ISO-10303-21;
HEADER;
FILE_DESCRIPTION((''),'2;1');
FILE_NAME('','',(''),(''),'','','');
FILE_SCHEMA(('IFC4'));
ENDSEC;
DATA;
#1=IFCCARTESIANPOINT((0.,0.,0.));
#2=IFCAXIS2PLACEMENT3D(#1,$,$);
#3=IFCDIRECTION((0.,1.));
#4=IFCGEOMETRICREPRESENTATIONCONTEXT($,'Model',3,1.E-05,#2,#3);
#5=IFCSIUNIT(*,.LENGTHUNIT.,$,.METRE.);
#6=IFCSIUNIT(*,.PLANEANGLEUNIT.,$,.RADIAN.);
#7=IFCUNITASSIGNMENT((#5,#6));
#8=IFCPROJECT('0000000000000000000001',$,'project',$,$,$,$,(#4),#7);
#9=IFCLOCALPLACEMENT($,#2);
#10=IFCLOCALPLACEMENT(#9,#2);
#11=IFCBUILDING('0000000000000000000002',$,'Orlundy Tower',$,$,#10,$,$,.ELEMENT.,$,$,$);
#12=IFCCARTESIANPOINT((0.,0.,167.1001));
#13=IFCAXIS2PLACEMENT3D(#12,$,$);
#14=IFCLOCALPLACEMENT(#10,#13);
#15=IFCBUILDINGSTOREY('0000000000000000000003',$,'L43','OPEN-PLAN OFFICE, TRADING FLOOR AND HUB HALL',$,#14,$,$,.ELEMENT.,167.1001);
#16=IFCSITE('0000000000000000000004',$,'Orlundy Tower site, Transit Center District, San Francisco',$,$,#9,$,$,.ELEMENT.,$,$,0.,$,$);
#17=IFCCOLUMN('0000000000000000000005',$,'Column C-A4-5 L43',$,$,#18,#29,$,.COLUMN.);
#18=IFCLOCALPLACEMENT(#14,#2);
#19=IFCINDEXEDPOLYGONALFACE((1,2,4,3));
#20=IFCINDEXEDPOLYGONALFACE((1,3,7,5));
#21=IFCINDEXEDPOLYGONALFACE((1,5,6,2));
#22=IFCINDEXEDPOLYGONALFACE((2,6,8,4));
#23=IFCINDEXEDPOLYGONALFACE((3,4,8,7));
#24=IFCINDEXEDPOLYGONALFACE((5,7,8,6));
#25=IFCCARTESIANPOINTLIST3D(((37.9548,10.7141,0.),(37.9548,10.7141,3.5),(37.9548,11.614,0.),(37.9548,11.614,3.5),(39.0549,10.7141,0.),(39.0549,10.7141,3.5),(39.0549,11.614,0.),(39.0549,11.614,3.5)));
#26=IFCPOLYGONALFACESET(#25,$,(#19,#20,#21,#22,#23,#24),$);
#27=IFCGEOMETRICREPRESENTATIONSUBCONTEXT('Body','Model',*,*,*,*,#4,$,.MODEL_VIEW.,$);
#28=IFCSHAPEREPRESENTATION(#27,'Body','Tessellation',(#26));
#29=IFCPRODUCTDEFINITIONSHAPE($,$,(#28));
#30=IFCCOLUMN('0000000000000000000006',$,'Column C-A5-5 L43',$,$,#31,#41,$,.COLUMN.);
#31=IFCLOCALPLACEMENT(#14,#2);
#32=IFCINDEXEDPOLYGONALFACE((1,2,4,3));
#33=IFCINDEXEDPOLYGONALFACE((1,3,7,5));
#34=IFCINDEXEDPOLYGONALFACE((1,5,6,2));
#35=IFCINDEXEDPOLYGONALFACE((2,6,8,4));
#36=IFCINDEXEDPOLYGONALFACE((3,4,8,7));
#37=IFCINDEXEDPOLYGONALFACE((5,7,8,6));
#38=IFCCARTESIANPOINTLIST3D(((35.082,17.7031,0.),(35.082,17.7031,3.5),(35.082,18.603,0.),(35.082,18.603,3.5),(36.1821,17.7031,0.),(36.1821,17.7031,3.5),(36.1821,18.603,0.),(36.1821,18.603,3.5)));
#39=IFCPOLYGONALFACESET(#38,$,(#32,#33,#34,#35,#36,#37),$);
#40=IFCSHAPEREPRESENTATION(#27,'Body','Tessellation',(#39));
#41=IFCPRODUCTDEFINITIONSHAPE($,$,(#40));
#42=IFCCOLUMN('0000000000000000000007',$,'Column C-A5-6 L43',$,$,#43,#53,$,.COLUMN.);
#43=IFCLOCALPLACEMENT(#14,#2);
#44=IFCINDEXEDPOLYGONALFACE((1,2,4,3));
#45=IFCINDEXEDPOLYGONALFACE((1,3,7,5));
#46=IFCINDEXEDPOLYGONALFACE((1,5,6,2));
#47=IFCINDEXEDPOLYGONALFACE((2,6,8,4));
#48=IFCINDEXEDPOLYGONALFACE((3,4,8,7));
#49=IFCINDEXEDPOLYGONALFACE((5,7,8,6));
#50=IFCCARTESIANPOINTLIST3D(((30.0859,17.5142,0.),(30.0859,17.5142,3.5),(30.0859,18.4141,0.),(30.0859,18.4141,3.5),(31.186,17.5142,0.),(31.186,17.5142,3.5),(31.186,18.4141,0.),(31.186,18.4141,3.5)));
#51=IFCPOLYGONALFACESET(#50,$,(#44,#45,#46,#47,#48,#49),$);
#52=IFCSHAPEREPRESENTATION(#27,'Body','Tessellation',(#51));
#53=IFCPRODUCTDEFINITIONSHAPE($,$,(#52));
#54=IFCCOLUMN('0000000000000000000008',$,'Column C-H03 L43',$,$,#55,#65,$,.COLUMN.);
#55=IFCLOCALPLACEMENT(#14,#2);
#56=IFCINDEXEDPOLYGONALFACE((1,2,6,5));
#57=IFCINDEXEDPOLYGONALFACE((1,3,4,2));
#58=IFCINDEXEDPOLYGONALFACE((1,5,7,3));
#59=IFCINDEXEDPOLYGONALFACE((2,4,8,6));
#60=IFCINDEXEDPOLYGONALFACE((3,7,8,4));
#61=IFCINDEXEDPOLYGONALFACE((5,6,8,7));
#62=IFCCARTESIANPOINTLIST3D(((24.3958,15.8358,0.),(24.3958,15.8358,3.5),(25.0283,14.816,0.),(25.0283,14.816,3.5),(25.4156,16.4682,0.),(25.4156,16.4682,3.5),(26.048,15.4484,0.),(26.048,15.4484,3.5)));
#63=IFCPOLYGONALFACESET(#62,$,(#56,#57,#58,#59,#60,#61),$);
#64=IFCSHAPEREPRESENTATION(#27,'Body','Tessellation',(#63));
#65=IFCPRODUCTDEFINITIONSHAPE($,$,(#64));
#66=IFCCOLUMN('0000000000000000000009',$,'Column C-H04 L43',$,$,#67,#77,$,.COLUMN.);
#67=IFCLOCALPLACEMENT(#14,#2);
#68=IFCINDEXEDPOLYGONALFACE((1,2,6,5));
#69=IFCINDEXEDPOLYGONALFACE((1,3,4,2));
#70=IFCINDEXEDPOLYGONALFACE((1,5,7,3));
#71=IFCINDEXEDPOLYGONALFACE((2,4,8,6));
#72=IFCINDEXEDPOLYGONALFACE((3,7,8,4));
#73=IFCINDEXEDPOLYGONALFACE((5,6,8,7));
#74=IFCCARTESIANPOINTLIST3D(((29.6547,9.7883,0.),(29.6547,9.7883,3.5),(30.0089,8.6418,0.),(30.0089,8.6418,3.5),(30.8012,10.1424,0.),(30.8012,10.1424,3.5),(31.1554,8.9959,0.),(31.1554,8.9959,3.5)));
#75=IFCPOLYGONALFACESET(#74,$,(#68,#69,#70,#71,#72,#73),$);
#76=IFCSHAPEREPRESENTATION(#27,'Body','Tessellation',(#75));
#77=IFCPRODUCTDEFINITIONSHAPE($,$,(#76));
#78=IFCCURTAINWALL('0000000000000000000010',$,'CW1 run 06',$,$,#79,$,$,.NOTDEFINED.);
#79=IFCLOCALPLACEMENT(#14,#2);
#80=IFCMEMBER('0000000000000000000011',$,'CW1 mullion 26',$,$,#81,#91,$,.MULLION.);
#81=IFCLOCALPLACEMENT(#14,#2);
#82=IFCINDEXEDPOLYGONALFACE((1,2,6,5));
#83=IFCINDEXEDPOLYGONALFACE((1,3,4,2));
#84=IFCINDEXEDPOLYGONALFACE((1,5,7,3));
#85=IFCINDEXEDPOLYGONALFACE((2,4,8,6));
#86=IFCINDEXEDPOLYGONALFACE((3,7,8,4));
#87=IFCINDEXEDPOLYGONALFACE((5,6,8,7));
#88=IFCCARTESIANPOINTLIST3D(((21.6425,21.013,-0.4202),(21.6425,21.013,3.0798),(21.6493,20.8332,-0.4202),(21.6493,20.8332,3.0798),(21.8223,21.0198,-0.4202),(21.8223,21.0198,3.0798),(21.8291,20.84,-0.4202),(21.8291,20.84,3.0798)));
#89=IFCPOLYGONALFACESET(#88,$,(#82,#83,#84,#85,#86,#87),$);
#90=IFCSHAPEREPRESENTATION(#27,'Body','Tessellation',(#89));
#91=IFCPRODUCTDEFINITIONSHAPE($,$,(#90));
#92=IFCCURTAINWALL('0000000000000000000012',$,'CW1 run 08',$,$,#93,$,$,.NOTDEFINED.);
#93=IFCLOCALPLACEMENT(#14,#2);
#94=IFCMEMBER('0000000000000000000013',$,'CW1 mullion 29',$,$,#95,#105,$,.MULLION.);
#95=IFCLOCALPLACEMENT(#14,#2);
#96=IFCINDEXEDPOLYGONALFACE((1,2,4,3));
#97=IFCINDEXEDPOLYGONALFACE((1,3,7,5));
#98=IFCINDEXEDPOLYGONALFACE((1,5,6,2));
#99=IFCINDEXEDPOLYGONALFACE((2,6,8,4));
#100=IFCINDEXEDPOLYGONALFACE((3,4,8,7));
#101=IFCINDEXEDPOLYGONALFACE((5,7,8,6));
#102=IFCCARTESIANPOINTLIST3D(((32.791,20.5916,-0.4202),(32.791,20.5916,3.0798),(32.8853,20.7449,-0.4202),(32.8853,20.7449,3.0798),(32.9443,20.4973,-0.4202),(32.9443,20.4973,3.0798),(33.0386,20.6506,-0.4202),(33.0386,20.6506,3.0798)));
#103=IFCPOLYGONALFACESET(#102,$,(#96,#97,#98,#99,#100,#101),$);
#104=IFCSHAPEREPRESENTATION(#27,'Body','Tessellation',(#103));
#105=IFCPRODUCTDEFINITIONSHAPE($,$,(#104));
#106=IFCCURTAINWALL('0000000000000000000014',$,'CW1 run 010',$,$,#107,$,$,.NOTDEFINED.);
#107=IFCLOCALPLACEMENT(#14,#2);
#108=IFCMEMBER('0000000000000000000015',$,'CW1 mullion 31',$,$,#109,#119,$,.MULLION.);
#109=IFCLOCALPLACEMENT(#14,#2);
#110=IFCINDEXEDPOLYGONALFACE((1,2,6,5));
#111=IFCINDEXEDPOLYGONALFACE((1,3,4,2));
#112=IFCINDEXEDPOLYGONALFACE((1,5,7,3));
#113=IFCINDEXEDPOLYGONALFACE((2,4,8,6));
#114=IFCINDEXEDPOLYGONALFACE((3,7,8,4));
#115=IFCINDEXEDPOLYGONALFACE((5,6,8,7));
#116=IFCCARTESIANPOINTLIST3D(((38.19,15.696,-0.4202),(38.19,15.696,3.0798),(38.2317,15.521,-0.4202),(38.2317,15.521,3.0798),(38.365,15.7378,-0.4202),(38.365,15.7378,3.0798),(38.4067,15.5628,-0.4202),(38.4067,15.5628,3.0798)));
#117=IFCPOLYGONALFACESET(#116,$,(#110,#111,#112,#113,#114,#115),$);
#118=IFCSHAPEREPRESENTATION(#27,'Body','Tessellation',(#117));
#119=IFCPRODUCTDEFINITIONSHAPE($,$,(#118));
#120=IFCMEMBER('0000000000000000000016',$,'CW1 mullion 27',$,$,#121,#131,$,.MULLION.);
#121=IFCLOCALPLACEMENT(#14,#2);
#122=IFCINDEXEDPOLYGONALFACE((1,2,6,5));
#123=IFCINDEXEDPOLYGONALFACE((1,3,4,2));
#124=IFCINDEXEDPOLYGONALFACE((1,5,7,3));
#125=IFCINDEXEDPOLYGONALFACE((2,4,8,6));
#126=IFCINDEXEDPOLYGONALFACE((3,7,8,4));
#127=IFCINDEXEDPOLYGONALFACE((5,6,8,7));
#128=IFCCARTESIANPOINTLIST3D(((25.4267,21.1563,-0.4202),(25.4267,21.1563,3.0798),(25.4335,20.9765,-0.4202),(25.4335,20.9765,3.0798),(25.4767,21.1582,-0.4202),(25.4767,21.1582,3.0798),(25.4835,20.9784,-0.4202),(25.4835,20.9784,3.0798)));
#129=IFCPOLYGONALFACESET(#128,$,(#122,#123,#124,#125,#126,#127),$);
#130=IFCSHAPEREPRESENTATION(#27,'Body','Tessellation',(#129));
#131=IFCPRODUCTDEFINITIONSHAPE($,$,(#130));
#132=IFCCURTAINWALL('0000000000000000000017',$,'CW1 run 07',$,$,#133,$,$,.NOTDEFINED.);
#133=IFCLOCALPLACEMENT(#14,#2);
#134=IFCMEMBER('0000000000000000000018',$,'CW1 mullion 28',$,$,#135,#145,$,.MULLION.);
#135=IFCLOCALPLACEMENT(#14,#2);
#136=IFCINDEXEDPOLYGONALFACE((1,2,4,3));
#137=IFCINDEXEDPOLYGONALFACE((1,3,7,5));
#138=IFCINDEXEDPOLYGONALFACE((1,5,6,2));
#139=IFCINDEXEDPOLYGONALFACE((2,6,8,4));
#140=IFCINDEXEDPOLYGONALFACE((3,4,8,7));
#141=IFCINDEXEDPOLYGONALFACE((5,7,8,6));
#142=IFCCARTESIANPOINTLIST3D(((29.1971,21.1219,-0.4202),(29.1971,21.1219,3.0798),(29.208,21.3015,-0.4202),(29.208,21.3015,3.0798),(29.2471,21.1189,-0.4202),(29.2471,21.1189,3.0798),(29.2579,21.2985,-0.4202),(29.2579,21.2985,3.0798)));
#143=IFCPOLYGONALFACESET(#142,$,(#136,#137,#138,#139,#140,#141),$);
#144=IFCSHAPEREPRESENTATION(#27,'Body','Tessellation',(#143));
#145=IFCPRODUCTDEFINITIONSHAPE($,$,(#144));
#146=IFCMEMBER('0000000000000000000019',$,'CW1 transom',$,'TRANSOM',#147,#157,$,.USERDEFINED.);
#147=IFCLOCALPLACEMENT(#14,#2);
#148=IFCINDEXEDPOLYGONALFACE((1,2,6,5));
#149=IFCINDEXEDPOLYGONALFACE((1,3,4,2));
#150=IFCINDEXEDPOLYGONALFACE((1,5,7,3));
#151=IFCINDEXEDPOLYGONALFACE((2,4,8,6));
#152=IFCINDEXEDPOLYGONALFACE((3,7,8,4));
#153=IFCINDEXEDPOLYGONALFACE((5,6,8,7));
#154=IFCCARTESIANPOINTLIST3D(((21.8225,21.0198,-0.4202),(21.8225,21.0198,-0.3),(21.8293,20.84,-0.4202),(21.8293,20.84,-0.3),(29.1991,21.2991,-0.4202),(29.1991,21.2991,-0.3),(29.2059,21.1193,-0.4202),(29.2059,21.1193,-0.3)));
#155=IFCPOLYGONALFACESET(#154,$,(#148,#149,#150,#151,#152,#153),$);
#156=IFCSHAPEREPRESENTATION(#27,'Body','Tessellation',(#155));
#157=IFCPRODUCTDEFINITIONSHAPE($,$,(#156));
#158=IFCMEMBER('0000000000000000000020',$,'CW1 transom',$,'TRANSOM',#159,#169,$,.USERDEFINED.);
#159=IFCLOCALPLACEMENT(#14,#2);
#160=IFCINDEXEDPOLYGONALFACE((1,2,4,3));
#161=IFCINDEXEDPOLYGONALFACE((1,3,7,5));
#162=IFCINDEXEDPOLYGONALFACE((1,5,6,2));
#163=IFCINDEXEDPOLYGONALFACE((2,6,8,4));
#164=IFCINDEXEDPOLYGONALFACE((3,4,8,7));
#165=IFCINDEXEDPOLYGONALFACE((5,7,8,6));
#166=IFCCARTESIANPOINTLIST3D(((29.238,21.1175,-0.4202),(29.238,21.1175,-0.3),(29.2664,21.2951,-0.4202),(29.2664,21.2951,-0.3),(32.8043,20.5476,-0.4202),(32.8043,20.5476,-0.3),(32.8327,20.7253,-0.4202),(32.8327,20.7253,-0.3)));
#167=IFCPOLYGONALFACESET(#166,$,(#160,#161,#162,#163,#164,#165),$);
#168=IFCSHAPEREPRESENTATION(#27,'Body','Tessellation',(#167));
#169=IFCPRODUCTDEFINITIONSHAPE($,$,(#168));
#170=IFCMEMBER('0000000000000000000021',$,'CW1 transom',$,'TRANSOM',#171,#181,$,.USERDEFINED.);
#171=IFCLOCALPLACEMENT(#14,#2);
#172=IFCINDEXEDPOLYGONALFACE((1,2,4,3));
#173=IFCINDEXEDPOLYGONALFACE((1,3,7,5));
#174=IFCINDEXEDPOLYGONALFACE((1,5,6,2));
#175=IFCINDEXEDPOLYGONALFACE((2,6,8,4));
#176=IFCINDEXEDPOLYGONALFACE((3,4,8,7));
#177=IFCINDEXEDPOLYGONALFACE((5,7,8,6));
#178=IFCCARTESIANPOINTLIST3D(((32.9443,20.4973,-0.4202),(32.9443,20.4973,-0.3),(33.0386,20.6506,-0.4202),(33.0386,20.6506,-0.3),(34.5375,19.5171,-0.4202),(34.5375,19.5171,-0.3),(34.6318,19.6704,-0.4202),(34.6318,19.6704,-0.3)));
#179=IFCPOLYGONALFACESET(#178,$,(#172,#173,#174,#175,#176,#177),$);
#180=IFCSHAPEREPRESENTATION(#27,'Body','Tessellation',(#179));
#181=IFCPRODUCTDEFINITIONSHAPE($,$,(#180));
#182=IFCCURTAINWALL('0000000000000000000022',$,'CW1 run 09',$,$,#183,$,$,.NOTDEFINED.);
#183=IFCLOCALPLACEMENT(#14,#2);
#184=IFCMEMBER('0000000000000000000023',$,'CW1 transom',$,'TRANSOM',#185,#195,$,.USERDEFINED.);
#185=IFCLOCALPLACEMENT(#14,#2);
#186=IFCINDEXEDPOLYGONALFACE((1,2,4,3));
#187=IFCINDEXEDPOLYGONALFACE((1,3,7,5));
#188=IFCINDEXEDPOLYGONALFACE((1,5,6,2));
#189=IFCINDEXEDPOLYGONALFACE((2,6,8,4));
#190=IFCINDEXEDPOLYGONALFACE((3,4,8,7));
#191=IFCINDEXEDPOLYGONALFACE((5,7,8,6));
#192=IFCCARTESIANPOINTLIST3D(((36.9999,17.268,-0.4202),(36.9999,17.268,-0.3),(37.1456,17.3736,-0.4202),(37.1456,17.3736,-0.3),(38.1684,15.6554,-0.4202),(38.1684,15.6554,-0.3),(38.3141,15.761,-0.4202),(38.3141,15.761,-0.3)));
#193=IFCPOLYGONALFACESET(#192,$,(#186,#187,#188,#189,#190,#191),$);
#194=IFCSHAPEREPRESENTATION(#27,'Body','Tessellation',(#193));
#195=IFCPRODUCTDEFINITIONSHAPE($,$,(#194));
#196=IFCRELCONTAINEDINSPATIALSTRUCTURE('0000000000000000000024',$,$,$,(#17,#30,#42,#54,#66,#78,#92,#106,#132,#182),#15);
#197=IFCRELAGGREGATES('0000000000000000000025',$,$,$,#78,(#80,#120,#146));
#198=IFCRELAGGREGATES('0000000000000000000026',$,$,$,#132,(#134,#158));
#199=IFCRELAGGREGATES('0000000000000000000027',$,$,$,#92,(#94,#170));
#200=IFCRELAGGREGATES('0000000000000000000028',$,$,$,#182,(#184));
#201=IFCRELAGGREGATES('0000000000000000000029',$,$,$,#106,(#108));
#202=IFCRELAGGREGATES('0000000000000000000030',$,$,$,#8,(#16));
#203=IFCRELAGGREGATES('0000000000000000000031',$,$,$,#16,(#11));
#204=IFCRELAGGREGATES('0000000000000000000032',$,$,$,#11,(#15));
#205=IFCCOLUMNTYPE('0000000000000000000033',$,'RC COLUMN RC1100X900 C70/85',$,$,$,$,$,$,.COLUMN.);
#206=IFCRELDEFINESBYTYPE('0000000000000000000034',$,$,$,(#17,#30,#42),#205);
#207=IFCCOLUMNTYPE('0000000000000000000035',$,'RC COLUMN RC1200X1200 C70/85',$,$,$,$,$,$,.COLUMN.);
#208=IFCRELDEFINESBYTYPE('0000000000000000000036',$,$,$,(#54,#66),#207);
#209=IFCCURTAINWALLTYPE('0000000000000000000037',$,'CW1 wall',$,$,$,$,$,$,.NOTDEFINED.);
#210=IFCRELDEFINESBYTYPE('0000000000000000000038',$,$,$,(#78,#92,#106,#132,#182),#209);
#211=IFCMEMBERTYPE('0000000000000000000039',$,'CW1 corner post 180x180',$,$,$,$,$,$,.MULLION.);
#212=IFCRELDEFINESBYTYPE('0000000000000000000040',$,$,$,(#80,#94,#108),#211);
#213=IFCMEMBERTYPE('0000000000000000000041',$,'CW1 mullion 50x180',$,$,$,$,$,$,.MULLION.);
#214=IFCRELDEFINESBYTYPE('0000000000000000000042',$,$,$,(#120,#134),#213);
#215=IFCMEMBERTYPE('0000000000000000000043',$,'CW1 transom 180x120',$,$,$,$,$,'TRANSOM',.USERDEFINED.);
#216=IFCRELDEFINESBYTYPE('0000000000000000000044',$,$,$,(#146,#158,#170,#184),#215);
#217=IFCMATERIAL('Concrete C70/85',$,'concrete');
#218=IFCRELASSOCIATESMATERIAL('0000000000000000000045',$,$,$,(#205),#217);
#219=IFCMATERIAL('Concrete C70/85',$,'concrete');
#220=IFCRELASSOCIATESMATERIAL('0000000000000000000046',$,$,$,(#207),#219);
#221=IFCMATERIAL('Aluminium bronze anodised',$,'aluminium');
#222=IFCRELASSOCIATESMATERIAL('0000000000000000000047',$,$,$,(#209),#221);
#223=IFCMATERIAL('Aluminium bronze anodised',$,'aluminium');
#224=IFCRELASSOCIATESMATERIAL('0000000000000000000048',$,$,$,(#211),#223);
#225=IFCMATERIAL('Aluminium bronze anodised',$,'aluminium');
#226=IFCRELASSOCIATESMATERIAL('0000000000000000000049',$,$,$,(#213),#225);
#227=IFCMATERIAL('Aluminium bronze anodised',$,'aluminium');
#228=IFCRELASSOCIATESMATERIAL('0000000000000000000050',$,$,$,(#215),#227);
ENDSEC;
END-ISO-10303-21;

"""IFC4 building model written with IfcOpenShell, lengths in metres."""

from ifc_helpers import new_model, si_unit, direction, frame, origin, origin_2d, place, context, subcontext, project, spatial, rectangle, extrude, material, material_profile, profile_set, type_object, element, aggregate, save


model = new_model("IFC4")

# Units and contexts
model_context = context("Model", 3, precision=1e-05, world=origin(), true_north=direction((0.0, 1.0)))
body_context = subcontext(model_context, "Body", "Model", "MODEL_VIEW")
ifc_project = project(units=[si_unit("LENGTHUNIT", "METRE"), si_unit("PLANEANGLEUNIT", "RADIAN")], contexts=[model_context])

# Site, building, storey
site_placement = place(None, origin())
site = spatial("IfcSite", under=ifc_project, at=site_placement, Name="Orlundy Tower site, Transit Center District, San Francisco", CompositionType="ELEMENT", RefElevation=0.0)
building_placement = place(site_placement, origin())
building = spatial("IfcBuilding", under=site, at=building_placement, Name="Orlundy Tower", CompositionType="ELEMENT")
storey_placement = place(building_placement, frame((0.0, 0.0, 167.1001)))
storey = spatial("IfcBuildingStorey", under=building, at=storey_placement, Name="L43", Description="OPEN-PLAN OFFICE, TRADING FLOOR AND HUB HALL", CompositionType="ELEMENT", Elevation=167.1001)

# Columns
ifc_material_1 = material(Name="Concrete C70/85", Category="concrete")
ifc_material_profile_1 = material_profile(ifc_material_1, rectangle(XDim=1.1001, YDim=0.8999, at=origin_2d()), Name="RC1100X900")
ifc_profile_set_1 = profile_set([ifc_material_profile_1], Name="Concrete C70/85")
column_type_1 = type_object("IfcColumnType", Name="RC COLUMN RC1100X900 C70/85", PredefinedType="COLUMN", material=ifc_profile_set_1)
for number, where, z_axis, x_axis, name in (
    (1, (38.5049, 11.1641, 0.0), (0.0, 0.0, 1.0), (1.0, 0.0, 0.0), "Column C-A4-5 L43"),
    (2, (35.6321, 18.1531, 0.0), (0.0, 0.0, 1.0), (1.0, 0.0, 0.0), "Column C-A5-5 L43"),
    (3, (30.636, 17.9641, 0.0), (0.0, 0.0, 1.0), (1.0, 0.0, 0.0), "Column C-A5-6 L43"),
):
    element("IfcColumn", number, at=place(storey_placement, frame(where, z_axis=z_axis, x_axis=x_axis)), inside=storey, type_object=column_type_1, Name=name, PredefinedType="COLUMN", context=body_context, shape_type="SweptSolid", body=[
        extrude(rectangle(XDim=1.1001, YDim=0.8999, at=origin_2d()), origin(), (0.0, 0.0, 1.0), 3.5),
    ])
ifc_material_2 = material(Name="Concrete C70/85", Category="concrete")
ifc_material_profile_2 = material_profile(ifc_material_2, rectangle(XDim=1.2, YDim=1.2, at=origin_2d()), Name="RC1200X1200")
ifc_profile_set_2 = profile_set([ifc_material_profile_2], Name="Concrete C70/85")
column_type_2 = type_object("IfcColumnType", Name="RC COLUMN RC1200X1200 C70/85", PredefinedType="COLUMN", material=ifc_profile_set_2)
for number, where, z_axis, x_axis, name in (
    (4, (25.2219, 15.6421, 0.0), (0.0, 0.0, 1.0), (0.849838, 0.527045, 0.0), "Column C-H03 L43"),
    (5, (30.405, 9.3921, 0.0), (0.0, 0.0, 1.0), (0.955454, 0.295141, 0.0), "Column C-H04 L43"),
):
    element("IfcColumn", number, at=place(storey_placement, frame(where, z_axis=z_axis, x_axis=x_axis)), inside=storey, type_object=column_type_2, Name=name, PredefinedType="COLUMN", context=body_context, shape_type="SweptSolid", body=[
        extrude(rectangle(XDim=1.2, YDim=1.2, at=origin_2d()), origin(), (0.0, 0.0, 1.0), 3.5),
    ])

# Curtain walls, members
ifc_material_3 = material(Name="Aluminium bronze anodised", Category="aluminium")
curtain_wall_type = type_object("IfcCurtainWallType", Name="CW1 wall", PredefinedType="NOTDEFINED", material=ifc_material_3)
curtain_wall_1_placement = place(storey_placement, origin())
curtain_wall_1 = element("IfcCurtainWall", 6, at=curtain_wall_1_placement, inside=storey, type_object=curtain_wall_type, Name="CW1 run 06", PredefinedType="NOTDEFINED")
ifc_material_4 = material(Name="Aluminium bronze anodised", Category="aluminium")
ifc_material_profile_3 = material_profile(ifc_material_4, rectangle(XDim=0.1799, YDim=0.1799, at=origin_2d()), Name="CW1 corner post 180x180")
ifc_profile_set_3 = profile_set([ifc_material_profile_3], Name="Aluminium bronze anodised")
member_type_1 = type_object("IfcMemberType", Name="CW1 corner post 180x180", PredefinedType="MULLION", material=ifc_profile_set_3)
member_1_placement = place(storey_placement, frame((21.7358, 20.9265, -0.4202), z_axis=(0.0, 0.0, 1.0), x_axis=(-0.037837, 0.999284, 0.0)))
member_1 = element("IfcMember", 7, at=member_1_placement, type_object=member_type_1, Name="CW1 mullion 26", PredefinedType="MULLION", context=body_context, shape_type="SweptSolid", body=[
    extrude(rectangle(XDim=0.1799, YDim=0.1799, at=origin_2d()), origin(), (0.0, 0.0, 1.0), 3.5),
])
curtain_wall_2_placement = place(storey_placement, origin())
curtain_wall_2 = element("IfcCurtainWall", 8, at=curtain_wall_2_placement, inside=storey, type_object=curtain_wall_type, Name="CW1 run 08", PredefinedType="NOTDEFINED")
member_2_placement = place(storey_placement, frame((32.9148, 20.6211, -0.4202), z_axis=(0.0, 0.0, 1.0), x_axis=(0.523947, 0.851751, 0.0)))
member_2 = element("IfcMember", 9, at=member_2_placement, type_object=member_type_1, Name="CW1 mullion 29", PredefinedType="MULLION", context=body_context, shape_type="SweptSolid", body=[
    extrude(rectangle(XDim=0.1799, YDim=0.1799, at=origin_2d()), origin(), (0.0, 0.0, 1.0), 3.5),
])
curtain_wall_3_placement = place(storey_placement, origin())
curtain_wall_3 = element("IfcCurtainWall", 10, at=curtain_wall_3_placement, inside=storey, type_object=curtain_wall_type, Name="CW1 run 010", PredefinedType="NOTDEFINED")
member_3_placement = place(storey_placement, frame((38.2983, 15.6294, -0.4202), z_axis=(0.0, 0.0, 1.0), x_axis=(0.972705, 0.232046, 0.0)))
member_3 = element("IfcMember", 11, at=member_3_placement, type_object=member_type_1, Name="CW1 mullion 31", PredefinedType="MULLION", context=body_context, shape_type="SweptSolid", body=[
    extrude(rectangle(XDim=0.1799, YDim=0.1799, at=origin_2d()), origin(), (0.0, 0.0, 1.0), 3.5),
])

# Member
ifc_material_5 = material(Name="Aluminium bronze anodised", Category="aluminium")
ifc_material_profile_4 = material_profile(ifc_material_5, rectangle(XDim=0.1799, YDim=0.05, at=origin_2d()), Name="CW1 mullion 50x180")
ifc_profile_set_4 = profile_set([ifc_material_profile_4], Name="Aluminium bronze anodised")
member_type_2 = type_object("IfcMemberType", Name="CW1 mullion 50x180", PredefinedType="MULLION", material=ifc_profile_set_4)
member_4_placement = place(storey_placement, frame((25.4551, 21.0674, -0.4202), z_axis=(0.0, 0.0, 1.0), x_axis=(-0.037837, 0.999284, 0.0)))
member_4 = element("IfcMember", 12, at=member_4_placement, type_object=member_type_2, Name="CW1 mullion 27", PredefinedType="MULLION", context=body_context, shape_type="SweptSolid", body=[
    extrude(rectangle(XDim=0.1799, YDim=0.05, at=origin_2d()), origin(), (0.0, 0.0, 1.0), 3.5),
])

# Curtain wall, member
curtain_wall_4_placement = place(storey_placement, origin())
curtain_wall_4 = element("IfcCurtainWall", 13, at=curtain_wall_4_placement, inside=storey, type_object=curtain_wall_type, Name="CW1 run 07", PredefinedType="NOTDEFINED")
member_5_placement = place(storey_placement, frame((29.2275, 21.2102, -0.4202), z_axis=(0.0, 0.0, 1.0), x_axis=(0.060267, 0.998182, 0.0)))
member_5 = element("IfcMember", 14, at=member_5_placement, type_object=member_type_2, Name="CW1 mullion 28", PredefinedType="MULLION", context=body_context, shape_type="SweptSolid", body=[
    extrude(rectangle(XDim=0.1799, YDim=0.05, at=origin_2d()), origin(), (0.0, 0.0, 1.0), 3.5),
])

# Members
ifc_material_6 = material(Name="Aluminium bronze anodised", Category="aluminium")
ifc_material_profile_5 = material_profile(ifc_material_6, rectangle(XDim=0.1799, YDim=0.1201, at=origin_2d()), Name="CW1 transom 180x120")
ifc_profile_set_5 = profile_set([ifc_material_profile_5], Name="Aluminium bronze anodised")
member_type_3 = type_object("IfcMemberType", Name="CW1 transom 180x120", ElementType="TRANSOM", PredefinedType="USERDEFINED", material=ifc_profile_set_5)
member_6_placement = place(storey_placement, frame((21.8259, 20.9299, -0.3601), z_axis=(0.999284, 0.037836, 0.0), x_axis=(-0.037836, 0.999284, 0.0)))
member_6 = element("IfcMember", 15, at=member_6_placement, type_object=member_type_3, Name="CW1 transom", ObjectType="TRANSOM", PredefinedType="USERDEFINED", context=body_context, shape_type="SweptSolid", body=[
    extrude(rectangle(XDim=0.1799, YDim=0.1201, at=origin_2d()), origin(), (0.0, 0.0, 1.0), 7.3818),
])
member_7_placement = place(storey_placement, frame((29.2522, 21.2063, -0.3601), z_axis=(0.987475, -0.157774, 0.0), x_axis=(0.157774, 0.987475, 0.0)))
member_7 = element("IfcMember", 16, at=member_7_placement, type_object=member_type_3, Name="CW1 transom", ObjectType="TRANSOM", PredefinedType="USERDEFINED", context=body_context, shape_type="SweptSolid", body=[
    extrude(rectangle(XDim=0.1799, YDim=0.1201, at=origin_2d()), origin(), (0.0, 0.0, 1.0), 3.6116),
])
member_8_placement = place(storey_placement, frame((32.9915, 20.574, -0.3601), z_axis=(0.851717, -0.524003, 0.0), x_axis=(0.524003, 0.851717, 0.0)))
member_8 = element("IfcMember", 17, at=member_8_placement, type_object=member_type_3, Name="CW1 transom", ObjectType="TRANSOM", PredefinedType="USERDEFINED", context=body_context, shape_type="SweptSolid", body=[
    extrude(rectangle(XDim=0.1799, YDim=0.1201, at=origin_2d()), origin(), (0.0, 0.0, 1.0), 1.8706),
])

# Curtain wall, member
curtain_wall_5_placement = place(storey_placement, origin())
curtain_wall_5 = element("IfcCurtainWall", 18, at=curtain_wall_5_placement, inside=storey, type_object=curtain_wall_type, Name="CW1 run 09", PredefinedType="NOTDEFINED")
member_9_placement = place(storey_placement, frame((37.0728, 17.3208, -0.3601), z_axis=(0.586757, -0.809763, 0.0), x_axis=(0.809763, 0.586757, 0.0)))
member_9 = element("IfcMember", 19, at=member_9_placement, type_object=member_type_3, Name="CW1 transom", ObjectType="TRANSOM", PredefinedType="USERDEFINED", context=body_context, shape_type="SweptSolid", body=[
    extrude(rectangle(XDim=0.1799, YDim=0.1201, at=origin_2d()), origin(), (0.0, 0.0, 1.0), 1.9915),
])

aggregate(curtain_wall_1, [member_1, member_4, member_6])
aggregate(curtain_wall_4, [member_5, member_7])
aggregate(curtain_wall_2, [member_2, member_8])
aggregate(curtain_wall_5, [member_9])
aggregate(curtain_wall_3, [member_3])

save(model, "model.ifc")
